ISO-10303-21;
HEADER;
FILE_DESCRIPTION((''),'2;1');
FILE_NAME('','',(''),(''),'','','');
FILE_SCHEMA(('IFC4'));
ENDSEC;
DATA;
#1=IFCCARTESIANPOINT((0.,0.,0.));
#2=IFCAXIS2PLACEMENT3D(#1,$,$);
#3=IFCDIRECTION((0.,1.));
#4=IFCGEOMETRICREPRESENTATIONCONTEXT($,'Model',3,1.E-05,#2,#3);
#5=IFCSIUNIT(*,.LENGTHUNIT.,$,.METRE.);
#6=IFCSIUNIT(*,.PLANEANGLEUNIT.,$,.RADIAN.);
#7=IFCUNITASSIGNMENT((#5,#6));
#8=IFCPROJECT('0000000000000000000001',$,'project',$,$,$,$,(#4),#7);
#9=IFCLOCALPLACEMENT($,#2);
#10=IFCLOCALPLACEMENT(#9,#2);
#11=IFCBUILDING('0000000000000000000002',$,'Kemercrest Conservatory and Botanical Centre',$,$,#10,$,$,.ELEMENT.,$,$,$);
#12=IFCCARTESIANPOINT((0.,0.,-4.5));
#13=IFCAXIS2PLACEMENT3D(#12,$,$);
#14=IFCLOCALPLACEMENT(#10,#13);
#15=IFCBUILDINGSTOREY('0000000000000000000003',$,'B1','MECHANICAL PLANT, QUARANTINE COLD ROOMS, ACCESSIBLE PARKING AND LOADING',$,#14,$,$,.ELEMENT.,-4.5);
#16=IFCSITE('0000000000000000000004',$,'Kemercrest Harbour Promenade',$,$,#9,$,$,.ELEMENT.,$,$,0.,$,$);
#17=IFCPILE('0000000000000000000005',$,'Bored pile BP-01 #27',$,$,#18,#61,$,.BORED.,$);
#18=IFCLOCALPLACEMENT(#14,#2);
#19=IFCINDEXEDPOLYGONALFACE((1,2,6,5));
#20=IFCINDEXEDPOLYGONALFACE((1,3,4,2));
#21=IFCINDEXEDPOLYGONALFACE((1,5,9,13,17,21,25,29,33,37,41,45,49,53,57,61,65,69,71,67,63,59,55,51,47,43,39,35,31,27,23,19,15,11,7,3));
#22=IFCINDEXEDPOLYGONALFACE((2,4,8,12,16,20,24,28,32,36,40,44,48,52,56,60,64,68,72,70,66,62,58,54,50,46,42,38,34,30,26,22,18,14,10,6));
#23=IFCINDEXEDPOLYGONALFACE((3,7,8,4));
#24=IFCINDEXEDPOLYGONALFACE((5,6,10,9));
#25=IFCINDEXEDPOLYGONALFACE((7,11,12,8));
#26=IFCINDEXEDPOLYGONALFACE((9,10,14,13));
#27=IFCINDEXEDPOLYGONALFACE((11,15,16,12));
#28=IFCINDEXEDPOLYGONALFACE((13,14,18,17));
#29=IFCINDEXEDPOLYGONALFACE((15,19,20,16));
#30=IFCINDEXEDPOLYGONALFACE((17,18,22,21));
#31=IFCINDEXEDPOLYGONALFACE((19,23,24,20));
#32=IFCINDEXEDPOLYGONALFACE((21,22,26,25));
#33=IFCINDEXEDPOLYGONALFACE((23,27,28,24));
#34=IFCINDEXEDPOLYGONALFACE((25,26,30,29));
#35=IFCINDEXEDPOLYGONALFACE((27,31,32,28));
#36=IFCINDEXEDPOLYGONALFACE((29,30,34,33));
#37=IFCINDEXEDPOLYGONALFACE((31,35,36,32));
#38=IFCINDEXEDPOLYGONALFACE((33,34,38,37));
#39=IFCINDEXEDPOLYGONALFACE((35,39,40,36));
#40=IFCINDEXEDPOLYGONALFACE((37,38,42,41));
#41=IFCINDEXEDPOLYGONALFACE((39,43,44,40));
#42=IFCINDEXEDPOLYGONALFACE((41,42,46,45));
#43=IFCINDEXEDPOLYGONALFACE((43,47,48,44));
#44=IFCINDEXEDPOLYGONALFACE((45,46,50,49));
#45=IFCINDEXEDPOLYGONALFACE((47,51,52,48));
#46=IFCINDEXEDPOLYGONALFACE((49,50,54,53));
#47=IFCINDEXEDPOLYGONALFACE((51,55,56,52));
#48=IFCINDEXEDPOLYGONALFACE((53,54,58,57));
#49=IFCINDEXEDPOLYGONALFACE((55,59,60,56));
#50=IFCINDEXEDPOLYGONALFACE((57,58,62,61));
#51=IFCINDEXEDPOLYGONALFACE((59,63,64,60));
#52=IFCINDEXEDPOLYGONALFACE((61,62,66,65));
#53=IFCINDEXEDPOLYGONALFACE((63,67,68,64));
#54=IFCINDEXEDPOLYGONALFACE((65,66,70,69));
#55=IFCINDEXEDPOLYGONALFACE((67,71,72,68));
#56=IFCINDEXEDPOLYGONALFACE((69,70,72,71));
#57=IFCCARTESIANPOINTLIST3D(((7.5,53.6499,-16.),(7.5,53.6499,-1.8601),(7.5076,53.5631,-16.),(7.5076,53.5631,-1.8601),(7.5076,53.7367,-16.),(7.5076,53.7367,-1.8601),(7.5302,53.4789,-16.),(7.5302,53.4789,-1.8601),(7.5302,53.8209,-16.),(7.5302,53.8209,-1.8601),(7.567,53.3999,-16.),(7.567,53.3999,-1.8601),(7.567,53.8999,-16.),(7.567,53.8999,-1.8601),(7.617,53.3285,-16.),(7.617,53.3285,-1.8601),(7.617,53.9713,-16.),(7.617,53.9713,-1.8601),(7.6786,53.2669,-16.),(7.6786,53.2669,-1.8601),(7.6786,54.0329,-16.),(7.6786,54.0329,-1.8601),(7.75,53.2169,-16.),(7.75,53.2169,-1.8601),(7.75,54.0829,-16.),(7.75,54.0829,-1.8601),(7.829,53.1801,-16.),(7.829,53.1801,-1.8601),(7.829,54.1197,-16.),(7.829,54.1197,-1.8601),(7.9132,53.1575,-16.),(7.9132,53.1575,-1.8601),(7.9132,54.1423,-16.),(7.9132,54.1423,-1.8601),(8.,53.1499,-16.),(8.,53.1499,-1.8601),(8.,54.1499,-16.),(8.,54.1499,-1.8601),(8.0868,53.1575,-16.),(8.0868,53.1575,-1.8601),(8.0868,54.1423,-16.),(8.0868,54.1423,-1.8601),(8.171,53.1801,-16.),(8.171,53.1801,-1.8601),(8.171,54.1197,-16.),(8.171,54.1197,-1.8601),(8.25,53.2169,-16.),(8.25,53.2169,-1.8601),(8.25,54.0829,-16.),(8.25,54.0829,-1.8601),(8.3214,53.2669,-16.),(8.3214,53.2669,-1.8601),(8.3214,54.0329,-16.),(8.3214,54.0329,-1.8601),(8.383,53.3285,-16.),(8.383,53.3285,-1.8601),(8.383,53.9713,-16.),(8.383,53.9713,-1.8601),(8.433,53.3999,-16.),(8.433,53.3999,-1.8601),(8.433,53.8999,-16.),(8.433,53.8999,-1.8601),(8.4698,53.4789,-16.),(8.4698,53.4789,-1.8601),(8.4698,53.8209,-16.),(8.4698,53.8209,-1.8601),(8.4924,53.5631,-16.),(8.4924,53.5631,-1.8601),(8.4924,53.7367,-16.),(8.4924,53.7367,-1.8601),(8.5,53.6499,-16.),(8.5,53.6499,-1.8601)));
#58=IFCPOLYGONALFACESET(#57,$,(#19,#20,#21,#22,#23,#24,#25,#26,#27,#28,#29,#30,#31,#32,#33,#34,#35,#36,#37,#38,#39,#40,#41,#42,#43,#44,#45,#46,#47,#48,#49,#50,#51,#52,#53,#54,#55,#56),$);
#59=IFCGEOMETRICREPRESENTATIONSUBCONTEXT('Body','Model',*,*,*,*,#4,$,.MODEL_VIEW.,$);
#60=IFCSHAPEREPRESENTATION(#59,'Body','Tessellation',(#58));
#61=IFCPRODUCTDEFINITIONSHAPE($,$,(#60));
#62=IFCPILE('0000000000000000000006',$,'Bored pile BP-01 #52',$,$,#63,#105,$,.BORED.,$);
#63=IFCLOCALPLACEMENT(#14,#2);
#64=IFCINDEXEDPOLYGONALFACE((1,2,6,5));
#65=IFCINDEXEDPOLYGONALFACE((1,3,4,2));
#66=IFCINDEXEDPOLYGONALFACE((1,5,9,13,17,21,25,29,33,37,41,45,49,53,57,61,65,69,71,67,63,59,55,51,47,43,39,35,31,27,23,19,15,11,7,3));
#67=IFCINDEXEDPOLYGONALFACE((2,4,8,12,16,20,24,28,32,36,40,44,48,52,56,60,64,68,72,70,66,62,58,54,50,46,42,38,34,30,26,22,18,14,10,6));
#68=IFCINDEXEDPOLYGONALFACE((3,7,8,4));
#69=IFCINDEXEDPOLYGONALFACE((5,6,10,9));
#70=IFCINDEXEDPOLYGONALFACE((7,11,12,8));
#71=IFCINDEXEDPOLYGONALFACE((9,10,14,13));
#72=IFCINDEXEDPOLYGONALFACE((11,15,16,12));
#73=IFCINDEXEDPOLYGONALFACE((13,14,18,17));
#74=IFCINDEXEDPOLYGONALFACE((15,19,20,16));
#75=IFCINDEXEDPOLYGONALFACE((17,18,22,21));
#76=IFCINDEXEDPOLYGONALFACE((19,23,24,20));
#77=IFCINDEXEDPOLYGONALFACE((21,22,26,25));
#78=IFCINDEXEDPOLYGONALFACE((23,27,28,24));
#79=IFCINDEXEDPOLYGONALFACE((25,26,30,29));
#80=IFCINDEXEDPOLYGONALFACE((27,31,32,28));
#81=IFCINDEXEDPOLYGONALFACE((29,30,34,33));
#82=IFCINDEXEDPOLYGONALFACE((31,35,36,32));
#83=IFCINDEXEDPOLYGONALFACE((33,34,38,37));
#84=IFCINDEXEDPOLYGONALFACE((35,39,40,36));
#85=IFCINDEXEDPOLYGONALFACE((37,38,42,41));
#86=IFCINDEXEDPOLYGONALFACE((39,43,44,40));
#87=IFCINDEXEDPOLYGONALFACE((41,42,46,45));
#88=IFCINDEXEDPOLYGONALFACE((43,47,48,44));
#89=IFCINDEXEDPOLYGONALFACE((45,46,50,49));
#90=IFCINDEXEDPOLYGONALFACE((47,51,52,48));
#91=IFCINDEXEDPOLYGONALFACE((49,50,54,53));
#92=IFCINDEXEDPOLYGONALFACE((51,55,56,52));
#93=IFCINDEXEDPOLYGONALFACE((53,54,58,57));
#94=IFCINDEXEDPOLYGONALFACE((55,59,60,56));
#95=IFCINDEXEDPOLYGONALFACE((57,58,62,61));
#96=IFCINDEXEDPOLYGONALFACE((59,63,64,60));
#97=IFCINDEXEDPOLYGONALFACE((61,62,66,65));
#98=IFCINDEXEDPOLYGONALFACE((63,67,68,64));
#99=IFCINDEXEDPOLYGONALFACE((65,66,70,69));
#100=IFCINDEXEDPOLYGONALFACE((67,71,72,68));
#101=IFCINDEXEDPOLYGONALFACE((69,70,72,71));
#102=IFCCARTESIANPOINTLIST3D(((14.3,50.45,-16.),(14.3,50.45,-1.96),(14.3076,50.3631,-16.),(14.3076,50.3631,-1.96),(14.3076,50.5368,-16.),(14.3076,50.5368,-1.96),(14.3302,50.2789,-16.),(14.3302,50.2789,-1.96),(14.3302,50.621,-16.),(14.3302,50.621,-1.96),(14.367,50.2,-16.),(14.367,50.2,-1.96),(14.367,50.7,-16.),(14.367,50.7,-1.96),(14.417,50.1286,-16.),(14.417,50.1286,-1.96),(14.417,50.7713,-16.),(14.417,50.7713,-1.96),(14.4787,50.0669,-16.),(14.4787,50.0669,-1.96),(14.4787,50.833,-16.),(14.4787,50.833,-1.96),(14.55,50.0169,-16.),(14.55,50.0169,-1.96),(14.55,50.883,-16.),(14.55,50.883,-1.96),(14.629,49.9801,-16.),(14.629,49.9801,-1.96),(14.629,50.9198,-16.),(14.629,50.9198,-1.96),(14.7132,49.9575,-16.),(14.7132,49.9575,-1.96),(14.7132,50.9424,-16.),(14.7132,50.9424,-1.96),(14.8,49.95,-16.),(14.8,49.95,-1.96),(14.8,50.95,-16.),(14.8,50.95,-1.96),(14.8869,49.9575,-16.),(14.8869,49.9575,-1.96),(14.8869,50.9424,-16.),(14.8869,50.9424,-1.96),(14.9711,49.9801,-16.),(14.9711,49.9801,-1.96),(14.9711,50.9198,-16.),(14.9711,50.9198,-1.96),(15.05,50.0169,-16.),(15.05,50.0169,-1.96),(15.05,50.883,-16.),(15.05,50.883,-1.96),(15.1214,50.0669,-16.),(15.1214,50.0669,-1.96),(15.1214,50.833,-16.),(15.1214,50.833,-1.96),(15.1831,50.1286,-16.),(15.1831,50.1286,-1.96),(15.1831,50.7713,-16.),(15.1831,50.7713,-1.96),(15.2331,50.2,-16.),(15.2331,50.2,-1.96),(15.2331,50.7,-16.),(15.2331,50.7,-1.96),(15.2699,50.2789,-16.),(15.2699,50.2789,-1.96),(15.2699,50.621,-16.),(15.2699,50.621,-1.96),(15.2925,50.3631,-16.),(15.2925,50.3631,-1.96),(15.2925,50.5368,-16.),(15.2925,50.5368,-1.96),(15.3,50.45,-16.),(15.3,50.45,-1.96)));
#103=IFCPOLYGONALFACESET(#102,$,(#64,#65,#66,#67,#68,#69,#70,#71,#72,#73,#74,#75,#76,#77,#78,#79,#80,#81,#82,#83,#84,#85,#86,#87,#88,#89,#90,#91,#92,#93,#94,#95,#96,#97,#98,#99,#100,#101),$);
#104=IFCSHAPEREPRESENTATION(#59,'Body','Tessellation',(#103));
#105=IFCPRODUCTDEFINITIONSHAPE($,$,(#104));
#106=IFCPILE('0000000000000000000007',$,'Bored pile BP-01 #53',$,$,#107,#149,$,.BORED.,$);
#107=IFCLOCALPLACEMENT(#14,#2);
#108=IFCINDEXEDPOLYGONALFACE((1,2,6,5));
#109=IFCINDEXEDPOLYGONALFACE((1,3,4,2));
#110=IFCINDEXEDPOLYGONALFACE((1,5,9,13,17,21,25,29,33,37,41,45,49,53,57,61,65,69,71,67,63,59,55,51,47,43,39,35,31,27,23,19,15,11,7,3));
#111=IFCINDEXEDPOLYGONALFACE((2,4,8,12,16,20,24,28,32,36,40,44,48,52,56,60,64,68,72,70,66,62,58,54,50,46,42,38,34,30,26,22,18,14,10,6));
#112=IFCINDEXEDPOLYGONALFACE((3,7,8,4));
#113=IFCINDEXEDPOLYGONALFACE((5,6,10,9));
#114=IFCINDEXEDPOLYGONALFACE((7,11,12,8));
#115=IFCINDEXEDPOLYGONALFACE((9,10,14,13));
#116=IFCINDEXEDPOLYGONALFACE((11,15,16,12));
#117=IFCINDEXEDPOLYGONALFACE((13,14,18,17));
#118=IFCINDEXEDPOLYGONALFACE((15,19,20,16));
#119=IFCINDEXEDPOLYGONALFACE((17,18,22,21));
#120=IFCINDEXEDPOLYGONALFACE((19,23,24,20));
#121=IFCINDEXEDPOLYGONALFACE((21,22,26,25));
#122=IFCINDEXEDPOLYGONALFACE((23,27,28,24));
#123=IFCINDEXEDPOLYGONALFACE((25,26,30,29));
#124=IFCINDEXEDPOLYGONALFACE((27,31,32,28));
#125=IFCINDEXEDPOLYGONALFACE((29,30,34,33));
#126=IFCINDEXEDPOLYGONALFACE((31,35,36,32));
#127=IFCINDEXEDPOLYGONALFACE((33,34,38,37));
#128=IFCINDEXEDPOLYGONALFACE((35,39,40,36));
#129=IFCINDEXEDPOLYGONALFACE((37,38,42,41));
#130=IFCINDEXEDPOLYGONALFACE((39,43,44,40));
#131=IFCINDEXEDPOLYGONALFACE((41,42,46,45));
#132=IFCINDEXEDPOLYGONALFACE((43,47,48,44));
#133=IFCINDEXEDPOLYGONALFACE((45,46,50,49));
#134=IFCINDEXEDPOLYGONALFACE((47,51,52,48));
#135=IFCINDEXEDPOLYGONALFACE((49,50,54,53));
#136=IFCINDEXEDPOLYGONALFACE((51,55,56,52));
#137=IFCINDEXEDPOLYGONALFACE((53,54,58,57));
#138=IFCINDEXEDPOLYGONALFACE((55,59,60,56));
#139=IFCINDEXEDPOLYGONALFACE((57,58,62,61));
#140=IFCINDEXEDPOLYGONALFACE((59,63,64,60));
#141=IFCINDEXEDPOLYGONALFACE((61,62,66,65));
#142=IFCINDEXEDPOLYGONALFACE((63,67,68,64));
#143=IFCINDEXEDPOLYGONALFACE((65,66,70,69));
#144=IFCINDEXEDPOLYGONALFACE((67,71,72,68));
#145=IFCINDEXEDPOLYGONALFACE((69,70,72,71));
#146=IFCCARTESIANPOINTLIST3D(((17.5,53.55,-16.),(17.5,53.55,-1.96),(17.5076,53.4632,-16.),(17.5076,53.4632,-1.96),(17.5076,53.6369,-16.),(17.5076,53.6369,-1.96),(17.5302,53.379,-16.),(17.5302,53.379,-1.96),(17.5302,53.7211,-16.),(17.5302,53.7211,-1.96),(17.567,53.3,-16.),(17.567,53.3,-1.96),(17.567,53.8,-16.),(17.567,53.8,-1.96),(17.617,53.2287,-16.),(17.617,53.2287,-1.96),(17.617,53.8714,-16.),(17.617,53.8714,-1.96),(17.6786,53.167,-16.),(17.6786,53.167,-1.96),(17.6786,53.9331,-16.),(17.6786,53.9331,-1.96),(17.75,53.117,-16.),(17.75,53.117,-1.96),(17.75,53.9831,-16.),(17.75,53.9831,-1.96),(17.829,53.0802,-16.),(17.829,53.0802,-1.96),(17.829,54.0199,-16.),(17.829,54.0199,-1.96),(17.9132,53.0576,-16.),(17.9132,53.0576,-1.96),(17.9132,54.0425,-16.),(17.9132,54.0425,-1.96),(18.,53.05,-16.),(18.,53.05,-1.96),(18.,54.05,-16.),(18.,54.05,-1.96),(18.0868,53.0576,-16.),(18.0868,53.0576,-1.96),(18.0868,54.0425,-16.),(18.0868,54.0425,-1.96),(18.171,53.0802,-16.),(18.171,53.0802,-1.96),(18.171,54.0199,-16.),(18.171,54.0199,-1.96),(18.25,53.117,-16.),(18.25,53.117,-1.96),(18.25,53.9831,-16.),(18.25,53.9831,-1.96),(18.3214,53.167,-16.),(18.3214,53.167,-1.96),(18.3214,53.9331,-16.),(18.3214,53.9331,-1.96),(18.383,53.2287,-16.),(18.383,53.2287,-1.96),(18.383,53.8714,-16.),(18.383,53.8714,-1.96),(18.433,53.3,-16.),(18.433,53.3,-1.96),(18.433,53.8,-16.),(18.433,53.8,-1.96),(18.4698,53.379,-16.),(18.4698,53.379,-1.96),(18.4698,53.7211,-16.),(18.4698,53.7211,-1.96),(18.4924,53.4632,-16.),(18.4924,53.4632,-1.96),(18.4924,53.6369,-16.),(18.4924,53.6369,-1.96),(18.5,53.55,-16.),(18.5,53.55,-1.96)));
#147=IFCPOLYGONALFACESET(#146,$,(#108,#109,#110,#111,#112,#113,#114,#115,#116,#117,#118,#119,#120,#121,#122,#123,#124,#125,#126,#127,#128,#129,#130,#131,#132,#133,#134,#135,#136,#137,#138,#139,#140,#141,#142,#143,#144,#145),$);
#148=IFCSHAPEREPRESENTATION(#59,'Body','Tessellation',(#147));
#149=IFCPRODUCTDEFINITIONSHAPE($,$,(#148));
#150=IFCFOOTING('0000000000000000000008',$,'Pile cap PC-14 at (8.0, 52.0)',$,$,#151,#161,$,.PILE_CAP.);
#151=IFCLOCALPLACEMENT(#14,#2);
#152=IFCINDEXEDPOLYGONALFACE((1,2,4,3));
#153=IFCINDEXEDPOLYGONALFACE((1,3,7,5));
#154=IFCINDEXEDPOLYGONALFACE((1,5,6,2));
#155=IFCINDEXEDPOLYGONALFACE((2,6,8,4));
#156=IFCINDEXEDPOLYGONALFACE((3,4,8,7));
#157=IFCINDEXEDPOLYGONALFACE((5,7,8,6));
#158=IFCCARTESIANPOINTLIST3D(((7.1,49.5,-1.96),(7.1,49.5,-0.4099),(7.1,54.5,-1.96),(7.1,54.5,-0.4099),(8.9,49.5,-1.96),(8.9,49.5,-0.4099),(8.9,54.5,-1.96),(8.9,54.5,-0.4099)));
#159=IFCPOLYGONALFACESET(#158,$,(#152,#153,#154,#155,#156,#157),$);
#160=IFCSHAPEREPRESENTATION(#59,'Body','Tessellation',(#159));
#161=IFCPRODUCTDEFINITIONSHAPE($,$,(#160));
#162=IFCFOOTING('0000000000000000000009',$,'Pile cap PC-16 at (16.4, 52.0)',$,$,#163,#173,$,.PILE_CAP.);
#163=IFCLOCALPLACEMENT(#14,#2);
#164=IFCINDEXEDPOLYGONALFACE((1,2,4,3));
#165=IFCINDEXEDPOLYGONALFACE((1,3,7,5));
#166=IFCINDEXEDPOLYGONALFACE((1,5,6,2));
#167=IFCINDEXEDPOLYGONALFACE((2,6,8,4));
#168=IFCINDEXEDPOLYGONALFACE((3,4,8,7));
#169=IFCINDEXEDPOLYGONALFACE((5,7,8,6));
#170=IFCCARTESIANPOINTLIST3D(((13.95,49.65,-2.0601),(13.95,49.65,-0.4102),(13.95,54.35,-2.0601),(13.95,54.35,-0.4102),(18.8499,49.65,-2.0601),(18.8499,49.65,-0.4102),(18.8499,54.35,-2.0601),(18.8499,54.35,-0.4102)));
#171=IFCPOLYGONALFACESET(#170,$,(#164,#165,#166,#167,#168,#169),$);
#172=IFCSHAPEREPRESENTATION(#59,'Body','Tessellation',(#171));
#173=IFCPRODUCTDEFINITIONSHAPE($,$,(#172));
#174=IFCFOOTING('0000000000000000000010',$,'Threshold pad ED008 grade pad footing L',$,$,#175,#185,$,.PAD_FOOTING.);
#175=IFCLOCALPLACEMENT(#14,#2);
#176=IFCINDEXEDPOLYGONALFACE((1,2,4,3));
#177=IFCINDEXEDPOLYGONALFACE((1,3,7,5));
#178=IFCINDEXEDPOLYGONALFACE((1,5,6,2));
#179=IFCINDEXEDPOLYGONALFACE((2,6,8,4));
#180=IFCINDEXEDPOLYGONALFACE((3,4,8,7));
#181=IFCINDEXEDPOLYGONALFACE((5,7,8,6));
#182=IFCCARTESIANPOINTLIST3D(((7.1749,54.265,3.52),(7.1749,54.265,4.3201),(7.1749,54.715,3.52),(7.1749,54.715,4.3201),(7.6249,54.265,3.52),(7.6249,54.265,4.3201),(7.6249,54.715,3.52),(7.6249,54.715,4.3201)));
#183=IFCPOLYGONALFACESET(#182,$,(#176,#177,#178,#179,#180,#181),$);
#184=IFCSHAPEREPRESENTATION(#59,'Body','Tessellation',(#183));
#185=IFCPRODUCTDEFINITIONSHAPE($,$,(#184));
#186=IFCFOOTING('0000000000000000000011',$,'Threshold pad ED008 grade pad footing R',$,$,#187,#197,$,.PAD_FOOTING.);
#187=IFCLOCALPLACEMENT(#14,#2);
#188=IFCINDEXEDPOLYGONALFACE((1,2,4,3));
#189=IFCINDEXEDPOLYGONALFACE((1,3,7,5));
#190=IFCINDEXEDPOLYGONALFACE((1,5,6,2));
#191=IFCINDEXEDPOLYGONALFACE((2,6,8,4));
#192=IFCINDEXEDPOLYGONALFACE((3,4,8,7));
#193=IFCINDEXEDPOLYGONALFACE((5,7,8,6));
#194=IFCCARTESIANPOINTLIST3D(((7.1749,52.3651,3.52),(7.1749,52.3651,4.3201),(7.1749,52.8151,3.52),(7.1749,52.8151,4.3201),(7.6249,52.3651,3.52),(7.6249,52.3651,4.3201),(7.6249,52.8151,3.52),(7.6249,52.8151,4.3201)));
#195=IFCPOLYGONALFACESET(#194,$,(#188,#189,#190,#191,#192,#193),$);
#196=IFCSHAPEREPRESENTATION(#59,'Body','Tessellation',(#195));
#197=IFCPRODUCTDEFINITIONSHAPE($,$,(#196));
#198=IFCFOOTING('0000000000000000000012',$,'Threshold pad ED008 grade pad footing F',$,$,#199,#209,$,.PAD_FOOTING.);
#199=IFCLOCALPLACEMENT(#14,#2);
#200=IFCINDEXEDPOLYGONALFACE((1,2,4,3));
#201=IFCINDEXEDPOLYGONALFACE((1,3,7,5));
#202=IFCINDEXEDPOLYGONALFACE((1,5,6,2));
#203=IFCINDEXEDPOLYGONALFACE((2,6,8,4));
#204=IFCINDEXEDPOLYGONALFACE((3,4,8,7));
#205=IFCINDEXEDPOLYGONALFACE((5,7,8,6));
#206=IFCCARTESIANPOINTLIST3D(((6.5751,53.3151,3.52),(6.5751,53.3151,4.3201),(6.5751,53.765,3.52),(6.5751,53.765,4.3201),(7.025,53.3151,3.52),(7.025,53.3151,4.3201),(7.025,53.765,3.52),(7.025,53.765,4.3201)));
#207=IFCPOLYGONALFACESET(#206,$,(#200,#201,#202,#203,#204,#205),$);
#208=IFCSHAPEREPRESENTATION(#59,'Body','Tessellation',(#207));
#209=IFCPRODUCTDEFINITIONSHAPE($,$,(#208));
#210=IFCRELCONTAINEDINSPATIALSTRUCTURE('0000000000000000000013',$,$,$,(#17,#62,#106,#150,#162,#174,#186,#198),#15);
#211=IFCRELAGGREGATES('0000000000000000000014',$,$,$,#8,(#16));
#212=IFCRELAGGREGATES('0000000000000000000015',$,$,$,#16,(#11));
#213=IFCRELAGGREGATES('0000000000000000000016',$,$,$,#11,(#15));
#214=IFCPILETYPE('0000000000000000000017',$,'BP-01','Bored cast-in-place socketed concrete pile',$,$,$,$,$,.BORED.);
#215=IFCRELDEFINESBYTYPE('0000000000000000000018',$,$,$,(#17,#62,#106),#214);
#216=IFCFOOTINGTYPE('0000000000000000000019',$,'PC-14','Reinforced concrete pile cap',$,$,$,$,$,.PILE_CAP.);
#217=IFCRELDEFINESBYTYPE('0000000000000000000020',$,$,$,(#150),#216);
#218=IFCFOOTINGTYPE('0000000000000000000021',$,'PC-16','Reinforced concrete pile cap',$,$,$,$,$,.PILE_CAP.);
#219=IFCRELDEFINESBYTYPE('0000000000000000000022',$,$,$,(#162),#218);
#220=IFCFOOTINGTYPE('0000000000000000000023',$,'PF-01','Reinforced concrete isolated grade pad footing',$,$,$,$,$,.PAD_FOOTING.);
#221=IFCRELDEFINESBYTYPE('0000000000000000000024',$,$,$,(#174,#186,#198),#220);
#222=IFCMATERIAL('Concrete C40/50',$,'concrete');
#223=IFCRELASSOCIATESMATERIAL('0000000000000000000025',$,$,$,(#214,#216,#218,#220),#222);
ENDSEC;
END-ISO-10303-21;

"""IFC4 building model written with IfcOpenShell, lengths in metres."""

from ifc_helpers import new_model, si_unit, direction, frame, origin, origin_2d, place, context, subcontext, project, spatial, rectangle, circle, extrude, material, material_profile, profile_set, type_object, element, save


model = new_model("IFC4")

# Units and contexts
model_context = context("Model", 3, precision=1e-05, world=origin(), true_north=direction((0.0, 1.0)))
body_context = subcontext(model_context, "Body", "Model", "MODEL_VIEW")
ifc_project = project(units=[si_unit("LENGTHUNIT", "METRE"), si_unit("PLANEANGLEUNIT", "RADIAN")], contexts=[model_context])

# Site, building, storey
site_placement = place(None, origin())
site = spatial("IfcSite", under=ifc_project, at=site_placement, Name="Kemercrest Harbour Promenade", CompositionType="ELEMENT", RefElevation=0.0)
building_placement = place(site_placement, origin())
building = spatial("IfcBuilding", under=site, at=building_placement, Name="Kemercrest Conservatory and Botanical Centre", CompositionType="ELEMENT")
storey_placement = place(building_placement, frame((0.0, 0.0, -4.5)))
storey = spatial("IfcBuildingStorey", under=building, at=storey_placement, Name="B1", Description="MECHANICAL PLANT, QUARANTINE COLD ROOMS, ACCESSIBLE PARKING AND LOADING", CompositionType="ELEMENT", Elevation=-4.5)

# Piles
ifc_material_1 = material(Name="Concrete C40/50", Category="concrete")
ifc_material_profile_1 = material_profile(ifc_material_1, circle(Radius=0.5, at=origin_2d()), Name="BORED PILE 1000")
ifc_profile_set_1 = profile_set([ifc_material_profile_1], Name="Concrete C40/50")
pile_type = type_object("IfcPileType", Name="BP-01", Description="Bored cast-in-place socketed concrete pile", PredefinedType="BORED", material=ifc_profile_set_1)
pile_placement = place(storey_placement, frame((8.0, 53.6499, -1.8601), z_axis=(0.0, 0.0, -1.0), x_axis=(1.0, 0.0, 0.0)))
element("IfcPile", 1, at=pile_placement, inside=storey, type_object=pile_type, Name="Bored pile BP-01 #27", PredefinedType="BORED", context=body_context, shape_type="SweptSolid", body=[
    extrude(circle(Radius=0.5, at=origin_2d()), origin(), (0.0, 0.0, 1.0), 14.1399),
])
for number, where, z_axis, x_axis, name in (
    (2, (14.8, 50.45, -1.96), (0.0, 0.0, -1.0), (1.0, 0.0, 0.0), "Bored pile BP-01 #52"),
    (3, (18.0, 53.55, -1.96), (0.0, 0.0, -1.0), (1.0, 0.0, 0.0), "Bored pile BP-01 #53"),
):
    element("IfcPile", number, at=place(storey_placement, frame(where, z_axis=z_axis, x_axis=x_axis)), inside=storey, type_object=pile_type, Name=name, PredefinedType="BORED", context=body_context, shape_type="SweptSolid", body=[
        extrude(circle(Radius=0.5, at=origin_2d()), origin(), (0.0, 0.0, 1.0), 14.04),
    ])

# Footings
footing_type_1 = type_object("IfcFootingType", Name="PC-14", Description="Reinforced concrete pile cap", PredefinedType="PILE_CAP", material=ifc_material_1)
footing_1_placement = place(storey_placement, frame((8.0, 52.0, -1.96), z_axis=(0.0, 0.0, 1.0), x_axis=(1.0, 0.0, 0.0)))
element("IfcFooting", 4, at=footing_1_placement, inside=storey, type_object=footing_type_1, Name="Pile cap PC-14 at (8.0, 52.0)", PredefinedType="PILE_CAP", context=body_context, shape_type="SweptSolid", body=[
    extrude(rectangle(XDim=1.8, YDim=5.0, at=origin_2d()), origin(), (0.0, 0.0, 1.0), 1.55),
])
footing_type_2 = type_object("IfcFootingType", Name="PC-16", Description="Reinforced concrete pile cap", PredefinedType="PILE_CAP", material=ifc_material_1)
footing_2_placement = place(storey_placement, frame((16.3999, 52.0, -2.0601), z_axis=(0.0, 0.0, 1.0), x_axis=(1.0, 0.0, 0.0)))
element("IfcFooting", 5, at=footing_2_placement, inside=storey, type_object=footing_type_2, Name="Pile cap PC-16 at (16.4, 52.0)", PredefinedType="PILE_CAP", context=body_context, shape_type="SweptSolid", body=[
    extrude(rectangle(XDim=4.8999, YDim=4.7, at=origin_2d()), origin(), (0.0, 0.0, 1.0), 1.6499),
])
footing_type_3 = type_object("IfcFootingType", Name="PF-01", Description="Reinforced concrete isolated grade pad footing", PredefinedType="PAD_FOOTING", material=ifc_material_1)
for number, where, z_axis, x_axis, name in (
    (6, (7.3999, 54.49, 3.52), (0.0, 0.0, 1.0), (0.0, -1.0, 0.0), "Threshold pad ED008 grade pad footing L"),
    (7, (7.3999, 52.5901, 3.52), (0.0, 0.0, 1.0), (0.0, -1.0, 0.0), "Threshold pad ED008 grade pad footing R"),
    (8, (6.8, 53.54, 3.52), (0.0, 0.0, 1.0), (0.0, -1.0, 0.0), "Threshold pad ED008 grade pad footing F"),
):
    element("IfcFooting", number, at=place(storey_placement, frame(where, z_axis=z_axis, x_axis=x_axis)), inside=storey, type_object=footing_type_3, Name=name, PredefinedType="PAD_FOOTING", context=body_context, shape_type="SweptSolid", body=[
        extrude(rectangle(XDim=0.45, YDim=0.45, at=origin_2d()), origin(), (0.0, 0.0, 1.0), 0.8),
    ])

save(model, "model.ifc")
